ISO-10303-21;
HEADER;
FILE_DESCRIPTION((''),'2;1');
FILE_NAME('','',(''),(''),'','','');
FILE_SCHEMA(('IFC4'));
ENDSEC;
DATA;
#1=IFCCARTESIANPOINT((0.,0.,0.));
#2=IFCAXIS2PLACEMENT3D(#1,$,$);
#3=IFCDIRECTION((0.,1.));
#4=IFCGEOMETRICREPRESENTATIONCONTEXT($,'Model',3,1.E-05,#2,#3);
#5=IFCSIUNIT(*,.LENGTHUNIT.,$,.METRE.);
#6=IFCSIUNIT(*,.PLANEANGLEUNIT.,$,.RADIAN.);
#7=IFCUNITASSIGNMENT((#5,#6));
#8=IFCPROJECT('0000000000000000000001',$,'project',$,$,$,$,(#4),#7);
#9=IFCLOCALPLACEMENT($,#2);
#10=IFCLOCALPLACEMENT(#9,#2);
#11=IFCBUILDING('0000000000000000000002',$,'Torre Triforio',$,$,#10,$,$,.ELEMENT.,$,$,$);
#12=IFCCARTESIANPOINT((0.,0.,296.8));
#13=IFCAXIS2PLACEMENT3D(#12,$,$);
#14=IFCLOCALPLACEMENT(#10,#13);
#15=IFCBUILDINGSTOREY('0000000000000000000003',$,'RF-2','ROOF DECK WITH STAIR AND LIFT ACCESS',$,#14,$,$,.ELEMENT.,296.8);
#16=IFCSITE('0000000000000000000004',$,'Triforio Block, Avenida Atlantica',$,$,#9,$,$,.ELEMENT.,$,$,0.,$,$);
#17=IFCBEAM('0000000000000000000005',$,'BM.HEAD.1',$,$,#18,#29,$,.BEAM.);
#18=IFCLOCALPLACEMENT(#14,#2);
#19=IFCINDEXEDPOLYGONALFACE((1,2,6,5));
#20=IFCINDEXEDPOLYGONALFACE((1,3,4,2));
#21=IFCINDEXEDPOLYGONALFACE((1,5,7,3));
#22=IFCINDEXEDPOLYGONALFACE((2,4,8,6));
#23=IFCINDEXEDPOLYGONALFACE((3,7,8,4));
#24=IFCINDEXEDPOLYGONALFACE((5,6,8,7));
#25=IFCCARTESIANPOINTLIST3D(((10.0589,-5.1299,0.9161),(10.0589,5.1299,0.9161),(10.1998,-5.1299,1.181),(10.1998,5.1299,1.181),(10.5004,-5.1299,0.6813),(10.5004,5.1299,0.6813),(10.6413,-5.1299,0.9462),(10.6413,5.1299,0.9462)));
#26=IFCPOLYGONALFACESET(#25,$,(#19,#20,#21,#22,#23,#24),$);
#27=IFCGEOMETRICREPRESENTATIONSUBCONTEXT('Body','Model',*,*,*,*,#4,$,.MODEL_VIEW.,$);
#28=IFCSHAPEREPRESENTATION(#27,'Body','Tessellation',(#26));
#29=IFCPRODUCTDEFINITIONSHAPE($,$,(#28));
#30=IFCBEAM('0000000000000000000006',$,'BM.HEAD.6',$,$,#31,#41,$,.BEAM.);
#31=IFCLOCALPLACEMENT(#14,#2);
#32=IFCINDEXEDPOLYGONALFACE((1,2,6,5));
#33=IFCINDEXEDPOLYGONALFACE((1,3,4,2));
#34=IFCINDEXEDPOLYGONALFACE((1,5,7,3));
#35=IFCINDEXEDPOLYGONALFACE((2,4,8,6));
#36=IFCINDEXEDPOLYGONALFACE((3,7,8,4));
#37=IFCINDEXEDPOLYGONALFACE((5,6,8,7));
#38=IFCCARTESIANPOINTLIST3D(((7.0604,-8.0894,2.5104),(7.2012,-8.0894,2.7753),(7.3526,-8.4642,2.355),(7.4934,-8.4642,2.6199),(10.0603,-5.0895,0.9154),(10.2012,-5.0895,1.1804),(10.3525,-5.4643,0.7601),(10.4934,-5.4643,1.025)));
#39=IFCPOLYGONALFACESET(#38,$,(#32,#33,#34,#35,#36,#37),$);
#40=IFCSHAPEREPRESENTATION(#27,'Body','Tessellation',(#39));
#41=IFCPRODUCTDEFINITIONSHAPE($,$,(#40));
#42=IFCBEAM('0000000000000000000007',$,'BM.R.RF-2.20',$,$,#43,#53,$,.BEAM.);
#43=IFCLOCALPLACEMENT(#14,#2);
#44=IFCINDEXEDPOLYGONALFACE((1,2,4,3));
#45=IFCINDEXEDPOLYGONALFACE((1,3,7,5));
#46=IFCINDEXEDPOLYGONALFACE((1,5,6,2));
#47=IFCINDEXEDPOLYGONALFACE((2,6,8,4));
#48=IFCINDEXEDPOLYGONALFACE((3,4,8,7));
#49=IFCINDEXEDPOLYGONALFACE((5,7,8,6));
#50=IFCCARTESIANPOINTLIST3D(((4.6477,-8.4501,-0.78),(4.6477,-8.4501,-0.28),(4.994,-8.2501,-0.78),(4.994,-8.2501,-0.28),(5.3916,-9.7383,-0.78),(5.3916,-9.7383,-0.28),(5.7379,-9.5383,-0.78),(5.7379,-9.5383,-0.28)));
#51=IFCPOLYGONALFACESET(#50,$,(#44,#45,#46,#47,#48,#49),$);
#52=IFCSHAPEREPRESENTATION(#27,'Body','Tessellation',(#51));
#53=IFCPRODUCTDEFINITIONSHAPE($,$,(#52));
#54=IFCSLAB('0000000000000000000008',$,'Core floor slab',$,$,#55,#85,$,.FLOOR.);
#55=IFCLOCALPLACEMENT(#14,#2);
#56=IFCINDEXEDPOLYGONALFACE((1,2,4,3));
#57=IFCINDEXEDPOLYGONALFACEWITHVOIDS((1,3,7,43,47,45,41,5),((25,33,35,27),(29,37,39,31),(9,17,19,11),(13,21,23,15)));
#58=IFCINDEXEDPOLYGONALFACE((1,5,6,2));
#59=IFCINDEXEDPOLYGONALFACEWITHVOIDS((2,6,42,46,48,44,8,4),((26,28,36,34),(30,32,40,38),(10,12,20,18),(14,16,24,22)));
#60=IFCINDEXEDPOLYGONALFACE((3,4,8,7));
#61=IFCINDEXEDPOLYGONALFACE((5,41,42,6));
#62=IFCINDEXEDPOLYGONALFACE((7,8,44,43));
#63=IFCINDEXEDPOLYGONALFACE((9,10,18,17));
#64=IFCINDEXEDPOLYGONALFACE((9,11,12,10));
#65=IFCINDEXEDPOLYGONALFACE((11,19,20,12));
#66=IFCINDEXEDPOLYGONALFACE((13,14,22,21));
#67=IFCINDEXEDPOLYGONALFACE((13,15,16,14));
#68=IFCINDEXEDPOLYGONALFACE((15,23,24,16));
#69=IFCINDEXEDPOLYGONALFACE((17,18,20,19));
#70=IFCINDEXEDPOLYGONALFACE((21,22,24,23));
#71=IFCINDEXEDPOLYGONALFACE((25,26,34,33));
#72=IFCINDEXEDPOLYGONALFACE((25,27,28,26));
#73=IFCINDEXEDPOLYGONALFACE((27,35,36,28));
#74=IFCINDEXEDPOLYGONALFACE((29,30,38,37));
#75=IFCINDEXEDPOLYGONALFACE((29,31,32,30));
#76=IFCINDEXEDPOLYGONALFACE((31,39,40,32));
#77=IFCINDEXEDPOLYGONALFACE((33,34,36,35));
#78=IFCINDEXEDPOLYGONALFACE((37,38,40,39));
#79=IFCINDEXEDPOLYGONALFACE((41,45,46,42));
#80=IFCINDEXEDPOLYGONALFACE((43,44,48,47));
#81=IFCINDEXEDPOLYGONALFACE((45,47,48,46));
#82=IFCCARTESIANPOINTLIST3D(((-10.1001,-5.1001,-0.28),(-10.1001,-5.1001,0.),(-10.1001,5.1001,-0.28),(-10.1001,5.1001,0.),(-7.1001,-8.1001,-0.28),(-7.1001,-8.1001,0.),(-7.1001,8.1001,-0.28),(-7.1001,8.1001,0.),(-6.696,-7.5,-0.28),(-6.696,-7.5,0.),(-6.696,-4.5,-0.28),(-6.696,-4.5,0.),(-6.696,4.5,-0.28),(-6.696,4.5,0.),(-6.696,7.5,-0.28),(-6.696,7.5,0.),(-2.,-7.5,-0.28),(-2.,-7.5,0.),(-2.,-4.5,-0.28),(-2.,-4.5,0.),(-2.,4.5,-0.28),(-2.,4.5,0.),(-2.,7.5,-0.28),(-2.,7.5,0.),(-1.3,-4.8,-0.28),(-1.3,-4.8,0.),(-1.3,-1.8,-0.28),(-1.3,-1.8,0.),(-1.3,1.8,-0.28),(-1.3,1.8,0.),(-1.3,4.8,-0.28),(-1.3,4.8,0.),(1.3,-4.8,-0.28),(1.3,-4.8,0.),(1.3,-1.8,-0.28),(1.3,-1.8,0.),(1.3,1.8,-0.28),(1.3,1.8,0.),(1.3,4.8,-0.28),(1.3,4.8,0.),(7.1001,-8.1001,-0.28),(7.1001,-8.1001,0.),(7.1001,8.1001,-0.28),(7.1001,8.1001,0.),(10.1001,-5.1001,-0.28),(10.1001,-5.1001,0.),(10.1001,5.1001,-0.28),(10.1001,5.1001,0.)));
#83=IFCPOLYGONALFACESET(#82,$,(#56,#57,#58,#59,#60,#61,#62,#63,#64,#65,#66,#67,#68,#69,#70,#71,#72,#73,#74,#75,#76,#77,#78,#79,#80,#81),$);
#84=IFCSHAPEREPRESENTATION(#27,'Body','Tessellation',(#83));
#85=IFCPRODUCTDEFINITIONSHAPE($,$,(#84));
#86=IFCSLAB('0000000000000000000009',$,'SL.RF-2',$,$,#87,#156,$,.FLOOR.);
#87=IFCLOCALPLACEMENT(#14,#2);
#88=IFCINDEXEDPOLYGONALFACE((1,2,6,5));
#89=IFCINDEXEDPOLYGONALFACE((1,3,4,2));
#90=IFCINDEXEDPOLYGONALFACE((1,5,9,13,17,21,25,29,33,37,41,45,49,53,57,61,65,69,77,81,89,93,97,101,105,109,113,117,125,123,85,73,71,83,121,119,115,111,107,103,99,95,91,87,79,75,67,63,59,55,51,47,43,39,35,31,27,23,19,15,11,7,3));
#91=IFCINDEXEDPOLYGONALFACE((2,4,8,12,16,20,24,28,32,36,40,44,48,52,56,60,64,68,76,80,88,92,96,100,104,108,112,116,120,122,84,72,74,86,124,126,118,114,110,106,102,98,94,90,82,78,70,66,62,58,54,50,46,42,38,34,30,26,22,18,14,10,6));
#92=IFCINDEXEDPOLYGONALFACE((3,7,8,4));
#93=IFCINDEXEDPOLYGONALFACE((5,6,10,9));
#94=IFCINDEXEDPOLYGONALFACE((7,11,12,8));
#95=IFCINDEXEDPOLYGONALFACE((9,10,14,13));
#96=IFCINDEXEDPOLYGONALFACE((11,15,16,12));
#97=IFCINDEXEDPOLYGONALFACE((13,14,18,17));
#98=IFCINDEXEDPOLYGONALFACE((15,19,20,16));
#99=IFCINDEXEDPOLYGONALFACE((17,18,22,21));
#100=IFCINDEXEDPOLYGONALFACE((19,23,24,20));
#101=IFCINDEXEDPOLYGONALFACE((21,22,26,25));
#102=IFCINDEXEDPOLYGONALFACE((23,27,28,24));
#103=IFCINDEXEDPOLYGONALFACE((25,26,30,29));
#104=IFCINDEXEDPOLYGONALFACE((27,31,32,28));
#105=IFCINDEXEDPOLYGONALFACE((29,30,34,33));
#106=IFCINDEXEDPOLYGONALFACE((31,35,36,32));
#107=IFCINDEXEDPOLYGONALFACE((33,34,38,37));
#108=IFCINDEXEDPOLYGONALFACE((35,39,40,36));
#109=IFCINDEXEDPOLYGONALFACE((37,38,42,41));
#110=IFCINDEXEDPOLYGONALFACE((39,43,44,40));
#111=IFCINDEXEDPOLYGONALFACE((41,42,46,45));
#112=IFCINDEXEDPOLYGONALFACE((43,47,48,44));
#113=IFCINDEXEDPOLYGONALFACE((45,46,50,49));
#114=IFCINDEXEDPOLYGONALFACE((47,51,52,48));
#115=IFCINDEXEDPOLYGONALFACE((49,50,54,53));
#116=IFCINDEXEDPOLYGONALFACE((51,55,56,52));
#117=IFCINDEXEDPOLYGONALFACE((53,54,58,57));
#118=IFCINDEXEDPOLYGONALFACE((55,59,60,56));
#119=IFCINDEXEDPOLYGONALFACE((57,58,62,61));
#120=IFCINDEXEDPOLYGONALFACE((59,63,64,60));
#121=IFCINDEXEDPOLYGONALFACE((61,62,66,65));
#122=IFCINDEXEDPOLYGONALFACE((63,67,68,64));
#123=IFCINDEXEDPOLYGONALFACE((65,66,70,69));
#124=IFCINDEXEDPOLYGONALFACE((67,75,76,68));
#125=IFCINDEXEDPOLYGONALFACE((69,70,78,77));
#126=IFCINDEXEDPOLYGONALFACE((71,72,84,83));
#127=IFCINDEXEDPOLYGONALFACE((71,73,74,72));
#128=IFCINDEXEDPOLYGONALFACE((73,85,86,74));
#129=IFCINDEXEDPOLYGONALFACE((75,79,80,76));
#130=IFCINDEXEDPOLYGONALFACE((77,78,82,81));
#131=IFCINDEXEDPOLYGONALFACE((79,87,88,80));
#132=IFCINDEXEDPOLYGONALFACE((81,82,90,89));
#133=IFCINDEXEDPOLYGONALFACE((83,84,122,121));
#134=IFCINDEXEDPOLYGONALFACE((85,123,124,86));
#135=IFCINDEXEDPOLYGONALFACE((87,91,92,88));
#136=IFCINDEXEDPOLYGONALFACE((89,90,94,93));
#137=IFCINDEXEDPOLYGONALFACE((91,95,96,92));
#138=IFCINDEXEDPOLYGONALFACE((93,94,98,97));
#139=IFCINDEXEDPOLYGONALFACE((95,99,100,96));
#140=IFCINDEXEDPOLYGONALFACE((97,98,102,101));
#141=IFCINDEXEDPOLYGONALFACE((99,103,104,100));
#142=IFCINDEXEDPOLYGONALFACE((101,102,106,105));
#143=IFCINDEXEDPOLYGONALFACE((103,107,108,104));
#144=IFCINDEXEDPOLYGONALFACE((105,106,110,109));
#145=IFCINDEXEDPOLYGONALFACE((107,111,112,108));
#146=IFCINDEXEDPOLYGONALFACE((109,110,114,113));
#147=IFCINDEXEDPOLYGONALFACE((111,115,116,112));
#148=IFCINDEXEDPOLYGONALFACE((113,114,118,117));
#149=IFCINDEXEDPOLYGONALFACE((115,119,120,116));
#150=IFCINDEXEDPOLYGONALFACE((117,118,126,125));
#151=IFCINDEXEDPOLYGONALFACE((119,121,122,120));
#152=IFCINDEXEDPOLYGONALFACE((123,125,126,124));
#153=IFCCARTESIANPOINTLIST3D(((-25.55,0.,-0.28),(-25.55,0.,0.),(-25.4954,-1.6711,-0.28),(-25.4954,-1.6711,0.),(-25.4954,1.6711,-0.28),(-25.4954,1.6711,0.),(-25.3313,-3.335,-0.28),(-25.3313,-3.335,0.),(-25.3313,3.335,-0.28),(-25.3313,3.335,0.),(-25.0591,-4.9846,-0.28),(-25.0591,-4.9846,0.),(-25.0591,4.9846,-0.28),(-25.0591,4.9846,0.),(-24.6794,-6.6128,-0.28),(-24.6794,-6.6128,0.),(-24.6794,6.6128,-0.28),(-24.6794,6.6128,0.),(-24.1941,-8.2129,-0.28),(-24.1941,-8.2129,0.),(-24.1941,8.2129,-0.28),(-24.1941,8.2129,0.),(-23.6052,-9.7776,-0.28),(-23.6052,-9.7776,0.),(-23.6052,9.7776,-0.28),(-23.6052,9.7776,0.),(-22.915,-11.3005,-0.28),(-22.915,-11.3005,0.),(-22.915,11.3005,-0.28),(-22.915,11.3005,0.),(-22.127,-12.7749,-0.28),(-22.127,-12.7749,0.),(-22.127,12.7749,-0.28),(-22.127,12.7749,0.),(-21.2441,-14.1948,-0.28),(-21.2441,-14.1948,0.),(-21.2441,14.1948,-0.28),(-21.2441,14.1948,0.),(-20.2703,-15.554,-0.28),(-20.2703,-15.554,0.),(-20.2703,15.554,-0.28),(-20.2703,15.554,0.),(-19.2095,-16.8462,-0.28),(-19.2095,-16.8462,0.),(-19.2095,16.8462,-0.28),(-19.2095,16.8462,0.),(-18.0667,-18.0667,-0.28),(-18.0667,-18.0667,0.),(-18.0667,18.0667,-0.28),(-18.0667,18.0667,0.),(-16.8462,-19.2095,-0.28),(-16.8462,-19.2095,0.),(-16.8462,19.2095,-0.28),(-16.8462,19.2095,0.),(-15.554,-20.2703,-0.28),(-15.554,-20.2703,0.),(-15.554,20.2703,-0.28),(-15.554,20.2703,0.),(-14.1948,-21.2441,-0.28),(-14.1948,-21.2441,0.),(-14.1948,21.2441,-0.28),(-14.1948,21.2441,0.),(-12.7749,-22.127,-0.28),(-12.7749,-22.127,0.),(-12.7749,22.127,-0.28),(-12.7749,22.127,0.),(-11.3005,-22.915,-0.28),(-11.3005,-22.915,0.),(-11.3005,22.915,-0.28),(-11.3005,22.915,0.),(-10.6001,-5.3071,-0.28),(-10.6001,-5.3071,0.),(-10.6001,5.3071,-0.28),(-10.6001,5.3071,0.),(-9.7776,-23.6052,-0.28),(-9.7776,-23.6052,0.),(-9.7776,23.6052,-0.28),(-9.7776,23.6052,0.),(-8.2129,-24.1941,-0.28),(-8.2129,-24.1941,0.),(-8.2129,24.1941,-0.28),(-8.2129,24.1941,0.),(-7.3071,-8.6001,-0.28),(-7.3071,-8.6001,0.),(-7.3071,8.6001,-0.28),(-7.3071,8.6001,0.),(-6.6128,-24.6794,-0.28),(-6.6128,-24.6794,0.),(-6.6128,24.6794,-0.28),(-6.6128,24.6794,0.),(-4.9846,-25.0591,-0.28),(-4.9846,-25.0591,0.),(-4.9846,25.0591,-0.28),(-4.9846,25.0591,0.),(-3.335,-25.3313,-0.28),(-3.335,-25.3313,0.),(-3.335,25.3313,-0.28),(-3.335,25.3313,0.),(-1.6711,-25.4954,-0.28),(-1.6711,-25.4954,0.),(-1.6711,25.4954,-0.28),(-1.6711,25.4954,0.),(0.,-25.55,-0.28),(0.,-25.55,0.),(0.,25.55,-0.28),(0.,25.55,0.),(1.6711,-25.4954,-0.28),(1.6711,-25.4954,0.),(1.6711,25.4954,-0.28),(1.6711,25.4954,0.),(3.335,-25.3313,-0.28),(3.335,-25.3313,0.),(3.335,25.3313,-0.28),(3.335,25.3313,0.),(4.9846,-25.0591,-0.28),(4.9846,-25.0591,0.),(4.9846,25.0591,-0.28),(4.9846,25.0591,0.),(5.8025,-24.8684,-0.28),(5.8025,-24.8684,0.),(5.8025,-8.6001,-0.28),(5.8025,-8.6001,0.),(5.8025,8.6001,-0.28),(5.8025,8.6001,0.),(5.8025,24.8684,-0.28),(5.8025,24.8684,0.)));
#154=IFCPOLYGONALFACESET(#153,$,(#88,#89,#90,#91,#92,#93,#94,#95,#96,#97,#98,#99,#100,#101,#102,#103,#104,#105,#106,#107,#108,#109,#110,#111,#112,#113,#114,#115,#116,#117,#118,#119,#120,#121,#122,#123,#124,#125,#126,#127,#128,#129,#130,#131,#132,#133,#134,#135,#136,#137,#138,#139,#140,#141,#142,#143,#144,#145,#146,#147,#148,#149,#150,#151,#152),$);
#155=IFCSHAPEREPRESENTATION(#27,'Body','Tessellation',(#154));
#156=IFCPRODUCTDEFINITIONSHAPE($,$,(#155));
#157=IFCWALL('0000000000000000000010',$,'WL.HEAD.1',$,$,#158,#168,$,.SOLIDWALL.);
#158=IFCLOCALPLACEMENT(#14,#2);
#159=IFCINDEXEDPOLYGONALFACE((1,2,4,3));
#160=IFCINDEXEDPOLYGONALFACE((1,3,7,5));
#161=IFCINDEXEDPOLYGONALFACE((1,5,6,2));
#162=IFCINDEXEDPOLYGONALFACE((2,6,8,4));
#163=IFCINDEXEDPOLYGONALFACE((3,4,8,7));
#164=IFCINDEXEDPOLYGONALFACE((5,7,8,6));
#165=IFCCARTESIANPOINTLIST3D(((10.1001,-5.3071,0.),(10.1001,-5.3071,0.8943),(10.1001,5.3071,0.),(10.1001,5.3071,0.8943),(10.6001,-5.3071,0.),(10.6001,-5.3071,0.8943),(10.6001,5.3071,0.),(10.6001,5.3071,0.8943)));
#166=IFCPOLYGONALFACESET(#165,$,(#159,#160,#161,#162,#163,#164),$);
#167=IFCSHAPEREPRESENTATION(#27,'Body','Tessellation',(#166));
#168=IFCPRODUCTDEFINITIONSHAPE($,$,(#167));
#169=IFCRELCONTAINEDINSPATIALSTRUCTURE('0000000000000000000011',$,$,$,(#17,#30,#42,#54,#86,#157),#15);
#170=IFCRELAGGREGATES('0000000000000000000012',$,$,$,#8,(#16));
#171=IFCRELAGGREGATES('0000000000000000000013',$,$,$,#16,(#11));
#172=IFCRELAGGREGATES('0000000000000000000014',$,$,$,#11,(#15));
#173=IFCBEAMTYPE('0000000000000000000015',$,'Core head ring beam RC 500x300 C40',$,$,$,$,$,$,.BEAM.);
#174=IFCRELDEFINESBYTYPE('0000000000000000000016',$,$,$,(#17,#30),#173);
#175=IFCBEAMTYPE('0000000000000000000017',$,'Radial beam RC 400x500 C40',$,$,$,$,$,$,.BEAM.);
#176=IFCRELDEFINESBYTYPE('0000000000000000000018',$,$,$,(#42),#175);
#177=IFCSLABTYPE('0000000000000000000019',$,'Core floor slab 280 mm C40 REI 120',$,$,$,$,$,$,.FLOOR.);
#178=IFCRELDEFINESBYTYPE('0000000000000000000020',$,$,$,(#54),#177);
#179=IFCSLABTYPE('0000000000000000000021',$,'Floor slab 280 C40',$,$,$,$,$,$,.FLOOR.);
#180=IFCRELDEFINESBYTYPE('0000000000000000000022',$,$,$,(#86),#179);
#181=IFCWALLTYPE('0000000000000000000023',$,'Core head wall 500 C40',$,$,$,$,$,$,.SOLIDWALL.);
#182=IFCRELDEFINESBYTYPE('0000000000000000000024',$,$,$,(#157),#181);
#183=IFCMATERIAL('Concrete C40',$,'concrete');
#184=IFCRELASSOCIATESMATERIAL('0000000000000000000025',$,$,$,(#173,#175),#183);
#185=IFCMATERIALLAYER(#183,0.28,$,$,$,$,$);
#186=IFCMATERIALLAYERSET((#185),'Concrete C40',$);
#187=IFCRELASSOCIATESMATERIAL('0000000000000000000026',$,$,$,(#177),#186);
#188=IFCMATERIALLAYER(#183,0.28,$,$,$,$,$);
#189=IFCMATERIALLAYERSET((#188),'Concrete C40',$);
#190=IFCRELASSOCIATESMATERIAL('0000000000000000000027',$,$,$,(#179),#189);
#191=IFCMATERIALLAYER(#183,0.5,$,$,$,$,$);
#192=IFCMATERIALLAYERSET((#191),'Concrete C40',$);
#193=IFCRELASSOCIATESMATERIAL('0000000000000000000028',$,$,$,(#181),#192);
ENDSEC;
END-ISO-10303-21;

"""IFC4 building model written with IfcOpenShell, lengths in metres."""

from ifc_helpers import new_model, si_unit, direction, frame, origin, origin_2d, place, context, subcontext, project, spatial, polyline, rectangle, outline, extrude, material, layer, layer_set, material_profile, profile_set, type_object, element, save


model = new_model("IFC4")

# Units and contexts
model_context = context("Model", 3, precision=1e-05, world=origin(), true_north=direction((0.0, 1.0)))
body_context = subcontext(model_context, "Body", "Model", "MODEL_VIEW")
ifc_project = project(units=[si_unit("LENGTHUNIT", "METRE"), si_unit("PLANEANGLEUNIT", "RADIAN")], contexts=[model_context])

# Site, building, storey
site_placement = place(None, origin())
site = spatial("IfcSite", under=ifc_project, at=site_placement, Name="Triforio Block, Avenida Atlantica", CompositionType="ELEMENT", RefElevation=0.0)
building_placement = place(site_placement, origin())
building = spatial("IfcBuilding", under=site, at=building_placement, Name="Torre Triforio", CompositionType="ELEMENT")
storey_placement = place(building_placement, frame((0.0, 0.0, 296.8)))
storey = spatial("IfcBuildingStorey", under=building, at=storey_placement, Name="RF-2", Description="ROOF DECK WITH STAIR AND LIFT ACCESS", CompositionType="ELEMENT", Elevation=296.8)

# Beams
ifc_material_1 = material(Name="Concrete C40", Category="concrete")
ifc_material_profile_1 = material_profile(ifc_material_1, rectangle(XDim=0.5, YDim=0.3, at=origin_2d()), Name="RC 500x300")
ifc_profile_set_1 = profile_set([ifc_material_profile_1], Name="Concrete C40")
beam_type_1 = type_object("IfcBeamType", Name="Core head ring beam RC 500x300 C40", PredefinedType="BEAM", material=ifc_profile_set_1)
beam_1_placement = place(storey_placement, frame((10.3501, -5.1299, 0.9312), z_axis=(0.0, 1.0, 0.0), x_axis=(-0.882948, 0.0, 0.469472)))
element("IfcBeam", 1, at=beam_1_placement, inside=storey, type_object=beam_type_1, Name="BM.HEAD.1", PredefinedType="BEAM", context=body_context, shape_type="SweptSolid", body=[
    extrude(rectangle(XDim=0.5, YDim=0.3, at=origin_2d()), origin(), (0.0, 0.0, 1.0), 10.2598),
])
beam_2_placement = place(storey_placement, frame((10.2769, -5.2769, 0.9702), z_axis=(-0.66188, -0.66188, 0.351893), x_axis=(0.584406, -0.74961, -0.310734)))
element("IfcBeam", 2, at=beam_2_placement, inside=storey, type_object=beam_type_1, Name="BM.HEAD.6", PredefinedType="BEAM", context=body_context, shape_type="SweptSolid", body=[
    extrude(rectangle(XDim=0.5, YDim=0.3, at=origin_2d()), origin(), (0.0, 0.0, 1.0), 4.5325),
])
ifc_material_profile_2 = material_profile(ifc_material_1, rectangle(XDim=0.3999, YDim=0.5, at=origin_2d()), Name="RC 400x500")
ifc_profile_set_2 = profile_set([ifc_material_profile_2], Name="Concrete C40")
beam_type_2 = type_object("IfcBeamType", Name="Radial beam RC 400x500 C40", PredefinedType="BEAM", material=ifc_profile_set_2)
beam_3_placement = place(storey_placement, frame((4.8208, -8.3501, -0.53), z_axis=(0.500111, -0.865961, 0.0), x_axis=(0.865961, 0.500111, 0.0)))
element("IfcBeam", 3, at=beam_3_placement, inside=storey, type_object=beam_type_2, Name="BM.R.RF-2.20", PredefinedType="BEAM", context=body_context, shape_type="SweptSolid", body=[
    extrude(rectangle(XDim=0.3999, YDim=0.5, at=origin_2d()), origin(), (0.0, 0.0, 1.0), 1.4875),
])

# Slabs
ifc_layer_1 = layer(ifc_material_1, 0.28)
ifc_layer_set_1 = layer_set([ifc_layer_1], Name="Concrete C40")
slab_type_1 = type_object("IfcSlabType", Name="Core floor slab 280 mm C40 REI 120", PredefinedType="FLOOR", material=ifc_layer_set_1)
slab_1_placement = place(storey_placement, frame((0.0, 0.0, -0.28)))
element("IfcSlab", 4, at=slab_1_placement, inside=storey, type_object=slab_type_1, Name="Core floor slab", PredefinedType="FLOOR", context=body_context, shape_type="SweptSolid", body=[
    extrude(outline(polyline([(-10.1001, 5.1001), (-7.1001, 8.1001), (7.1001, 8.1001), (10.1001, 5.1001), (10.1001, -5.1001), (7.1001, -8.1001), (-7.1001, -8.1001), (-10.1001, -5.1001), (-10.1001, 5.1001)]), holes=[polyline([(-6.696, -7.5), (-2.0, -7.5), (-2.0, -4.5), (-6.696, -4.5), (-6.696, -7.5)]), polyline([(-1.3, -4.8), (1.3, -4.8), (1.3, -1.8), (-1.3, -1.8), (-1.3, -4.8)]), polyline([(-1.3, 1.8), (1.3, 1.8), (1.3, 4.8), (-1.3, 4.8), (-1.3, 1.8)]), polyline([(-6.696, 4.5), (-2.0, 4.5), (-2.0, 7.5), (-6.696, 7.5), (-6.696, 4.5)])]), origin(), (0.0, 0.0, 1.0), 0.28),
])
ifc_layer_2 = layer(ifc_material_1, 0.28)
ifc_layer_set_2 = layer_set([ifc_layer_2], Name="Concrete C40")
slab_type_2 = type_object("IfcSlabType", Name="Floor slab 280 C40", PredefinedType="FLOOR", material=ifc_layer_set_2)
slab_2_placement = place(storey_placement, frame((0.0, 0.0, -0.28)))
element("IfcSlab", 5, at=slab_2_placement, inside=storey, type_object=slab_type_2, Name="SL.RF-2", PredefinedType="FLOOR", context=body_context, shape_type="SweptSolid", body=[
    extrude(outline(polyline([(5.8025, 8.6001), (5.8025, 24.8684), (4.9846, 25.0591), (3.335, 25.3313), (1.6711, 25.4954), (0.0, 25.55), (-1.6711, 25.4954), (-3.335, 25.3313), (-4.9846, 25.0591), (-6.6128, 24.6794), (-8.2129, 24.1941), (-9.7776, 23.6052), (-11.3005, 22.915), (-12.7749, 22.127), (-14.1948, 21.2441), (-15.554, 20.2703), (-16.8462, 19.2095), (-18.0667, 18.0667), (-19.2095, 16.8462), (-20.2703, 15.554), (-21.2441, 14.1948), (-22.127, 12.7749), (-22.915, 11.3005), (-23.6052, 9.7776), (-24.1941, 8.2129), (-24.6794, 6.6128), (-25.0591, 4.9846), (-25.3313, 3.335), (-25.4954, 1.6711), (-25.55, 0.0), (-25.4954, -1.6711), (-25.3313, -3.335), (-25.0591, -4.9846), (-24.6794, -6.6128), (-24.1941, -8.2129), (-23.6052, -9.7776), (-22.915, -11.3005), (-22.127, -12.7749), (-21.2441, -14.1948), (-20.2703, -15.554), (-19.2095, -16.8462), (-18.0667, -18.0667), (-16.8462, -19.2095), (-15.554, -20.2703), (-14.1948, -21.2441), (-12.7749, -22.127), (-11.3005, -22.915), (-9.7776, -23.6052), (-8.2129, -24.1941), (-6.6128, -24.6794), (-4.9846, -25.0591), (-3.335, -25.3313), (-1.6711, -25.4954), (0.0, -25.55), (1.6711, -25.4954), (3.335, -25.3313), (4.9846, -25.0591), (5.8025, -24.8684), (5.8025, -8.6001), (-7.3071, -8.6001), (-10.6001, -5.3071), (-10.6001, 5.3071), (-7.3071, 8.6001), (5.8025, 8.6001)])), origin(), (0.0, 0.0, 1.0), 0.28),
])

# Wall
ifc_layer_3 = layer(ifc_material_1, 0.5)
ifc_layer_set_3 = layer_set([ifc_layer_3], Name="Concrete C40")
wall_type_1 = type_object("IfcWallType", Name="Core head wall 500 C40", PredefinedType="SOLIDWALL", material=ifc_layer_set_3)
wall_1_placement = place(storey_placement, frame((10.3501, -5.3071, 0.0), z_axis=(0.0, 0.0, 1.0), x_axis=(0.0, 1.0, 0.0)))
element("IfcWall", 6, at=wall_1_placement, inside=storey, type_object=wall_type_1, Name="WL.HEAD.1", PredefinedType="SOLIDWALL", context=body_context, shape_type="SweptSolid", body=[
    extrude(outline(polyline([(0.0, 0.0), (10.6143, 0.0), (10.6143, 0.8943), (0.0, 0.8943), (0.0, 0.0)])), frame((0.0, 0.25, 0.0), z_axis=(0.0, -1.0, 0.0), x_axis=(1.0, 0.0, 0.0)), (0.0, 0.0, 1.0), 0.5),
])

save(model, "model.ifc")
